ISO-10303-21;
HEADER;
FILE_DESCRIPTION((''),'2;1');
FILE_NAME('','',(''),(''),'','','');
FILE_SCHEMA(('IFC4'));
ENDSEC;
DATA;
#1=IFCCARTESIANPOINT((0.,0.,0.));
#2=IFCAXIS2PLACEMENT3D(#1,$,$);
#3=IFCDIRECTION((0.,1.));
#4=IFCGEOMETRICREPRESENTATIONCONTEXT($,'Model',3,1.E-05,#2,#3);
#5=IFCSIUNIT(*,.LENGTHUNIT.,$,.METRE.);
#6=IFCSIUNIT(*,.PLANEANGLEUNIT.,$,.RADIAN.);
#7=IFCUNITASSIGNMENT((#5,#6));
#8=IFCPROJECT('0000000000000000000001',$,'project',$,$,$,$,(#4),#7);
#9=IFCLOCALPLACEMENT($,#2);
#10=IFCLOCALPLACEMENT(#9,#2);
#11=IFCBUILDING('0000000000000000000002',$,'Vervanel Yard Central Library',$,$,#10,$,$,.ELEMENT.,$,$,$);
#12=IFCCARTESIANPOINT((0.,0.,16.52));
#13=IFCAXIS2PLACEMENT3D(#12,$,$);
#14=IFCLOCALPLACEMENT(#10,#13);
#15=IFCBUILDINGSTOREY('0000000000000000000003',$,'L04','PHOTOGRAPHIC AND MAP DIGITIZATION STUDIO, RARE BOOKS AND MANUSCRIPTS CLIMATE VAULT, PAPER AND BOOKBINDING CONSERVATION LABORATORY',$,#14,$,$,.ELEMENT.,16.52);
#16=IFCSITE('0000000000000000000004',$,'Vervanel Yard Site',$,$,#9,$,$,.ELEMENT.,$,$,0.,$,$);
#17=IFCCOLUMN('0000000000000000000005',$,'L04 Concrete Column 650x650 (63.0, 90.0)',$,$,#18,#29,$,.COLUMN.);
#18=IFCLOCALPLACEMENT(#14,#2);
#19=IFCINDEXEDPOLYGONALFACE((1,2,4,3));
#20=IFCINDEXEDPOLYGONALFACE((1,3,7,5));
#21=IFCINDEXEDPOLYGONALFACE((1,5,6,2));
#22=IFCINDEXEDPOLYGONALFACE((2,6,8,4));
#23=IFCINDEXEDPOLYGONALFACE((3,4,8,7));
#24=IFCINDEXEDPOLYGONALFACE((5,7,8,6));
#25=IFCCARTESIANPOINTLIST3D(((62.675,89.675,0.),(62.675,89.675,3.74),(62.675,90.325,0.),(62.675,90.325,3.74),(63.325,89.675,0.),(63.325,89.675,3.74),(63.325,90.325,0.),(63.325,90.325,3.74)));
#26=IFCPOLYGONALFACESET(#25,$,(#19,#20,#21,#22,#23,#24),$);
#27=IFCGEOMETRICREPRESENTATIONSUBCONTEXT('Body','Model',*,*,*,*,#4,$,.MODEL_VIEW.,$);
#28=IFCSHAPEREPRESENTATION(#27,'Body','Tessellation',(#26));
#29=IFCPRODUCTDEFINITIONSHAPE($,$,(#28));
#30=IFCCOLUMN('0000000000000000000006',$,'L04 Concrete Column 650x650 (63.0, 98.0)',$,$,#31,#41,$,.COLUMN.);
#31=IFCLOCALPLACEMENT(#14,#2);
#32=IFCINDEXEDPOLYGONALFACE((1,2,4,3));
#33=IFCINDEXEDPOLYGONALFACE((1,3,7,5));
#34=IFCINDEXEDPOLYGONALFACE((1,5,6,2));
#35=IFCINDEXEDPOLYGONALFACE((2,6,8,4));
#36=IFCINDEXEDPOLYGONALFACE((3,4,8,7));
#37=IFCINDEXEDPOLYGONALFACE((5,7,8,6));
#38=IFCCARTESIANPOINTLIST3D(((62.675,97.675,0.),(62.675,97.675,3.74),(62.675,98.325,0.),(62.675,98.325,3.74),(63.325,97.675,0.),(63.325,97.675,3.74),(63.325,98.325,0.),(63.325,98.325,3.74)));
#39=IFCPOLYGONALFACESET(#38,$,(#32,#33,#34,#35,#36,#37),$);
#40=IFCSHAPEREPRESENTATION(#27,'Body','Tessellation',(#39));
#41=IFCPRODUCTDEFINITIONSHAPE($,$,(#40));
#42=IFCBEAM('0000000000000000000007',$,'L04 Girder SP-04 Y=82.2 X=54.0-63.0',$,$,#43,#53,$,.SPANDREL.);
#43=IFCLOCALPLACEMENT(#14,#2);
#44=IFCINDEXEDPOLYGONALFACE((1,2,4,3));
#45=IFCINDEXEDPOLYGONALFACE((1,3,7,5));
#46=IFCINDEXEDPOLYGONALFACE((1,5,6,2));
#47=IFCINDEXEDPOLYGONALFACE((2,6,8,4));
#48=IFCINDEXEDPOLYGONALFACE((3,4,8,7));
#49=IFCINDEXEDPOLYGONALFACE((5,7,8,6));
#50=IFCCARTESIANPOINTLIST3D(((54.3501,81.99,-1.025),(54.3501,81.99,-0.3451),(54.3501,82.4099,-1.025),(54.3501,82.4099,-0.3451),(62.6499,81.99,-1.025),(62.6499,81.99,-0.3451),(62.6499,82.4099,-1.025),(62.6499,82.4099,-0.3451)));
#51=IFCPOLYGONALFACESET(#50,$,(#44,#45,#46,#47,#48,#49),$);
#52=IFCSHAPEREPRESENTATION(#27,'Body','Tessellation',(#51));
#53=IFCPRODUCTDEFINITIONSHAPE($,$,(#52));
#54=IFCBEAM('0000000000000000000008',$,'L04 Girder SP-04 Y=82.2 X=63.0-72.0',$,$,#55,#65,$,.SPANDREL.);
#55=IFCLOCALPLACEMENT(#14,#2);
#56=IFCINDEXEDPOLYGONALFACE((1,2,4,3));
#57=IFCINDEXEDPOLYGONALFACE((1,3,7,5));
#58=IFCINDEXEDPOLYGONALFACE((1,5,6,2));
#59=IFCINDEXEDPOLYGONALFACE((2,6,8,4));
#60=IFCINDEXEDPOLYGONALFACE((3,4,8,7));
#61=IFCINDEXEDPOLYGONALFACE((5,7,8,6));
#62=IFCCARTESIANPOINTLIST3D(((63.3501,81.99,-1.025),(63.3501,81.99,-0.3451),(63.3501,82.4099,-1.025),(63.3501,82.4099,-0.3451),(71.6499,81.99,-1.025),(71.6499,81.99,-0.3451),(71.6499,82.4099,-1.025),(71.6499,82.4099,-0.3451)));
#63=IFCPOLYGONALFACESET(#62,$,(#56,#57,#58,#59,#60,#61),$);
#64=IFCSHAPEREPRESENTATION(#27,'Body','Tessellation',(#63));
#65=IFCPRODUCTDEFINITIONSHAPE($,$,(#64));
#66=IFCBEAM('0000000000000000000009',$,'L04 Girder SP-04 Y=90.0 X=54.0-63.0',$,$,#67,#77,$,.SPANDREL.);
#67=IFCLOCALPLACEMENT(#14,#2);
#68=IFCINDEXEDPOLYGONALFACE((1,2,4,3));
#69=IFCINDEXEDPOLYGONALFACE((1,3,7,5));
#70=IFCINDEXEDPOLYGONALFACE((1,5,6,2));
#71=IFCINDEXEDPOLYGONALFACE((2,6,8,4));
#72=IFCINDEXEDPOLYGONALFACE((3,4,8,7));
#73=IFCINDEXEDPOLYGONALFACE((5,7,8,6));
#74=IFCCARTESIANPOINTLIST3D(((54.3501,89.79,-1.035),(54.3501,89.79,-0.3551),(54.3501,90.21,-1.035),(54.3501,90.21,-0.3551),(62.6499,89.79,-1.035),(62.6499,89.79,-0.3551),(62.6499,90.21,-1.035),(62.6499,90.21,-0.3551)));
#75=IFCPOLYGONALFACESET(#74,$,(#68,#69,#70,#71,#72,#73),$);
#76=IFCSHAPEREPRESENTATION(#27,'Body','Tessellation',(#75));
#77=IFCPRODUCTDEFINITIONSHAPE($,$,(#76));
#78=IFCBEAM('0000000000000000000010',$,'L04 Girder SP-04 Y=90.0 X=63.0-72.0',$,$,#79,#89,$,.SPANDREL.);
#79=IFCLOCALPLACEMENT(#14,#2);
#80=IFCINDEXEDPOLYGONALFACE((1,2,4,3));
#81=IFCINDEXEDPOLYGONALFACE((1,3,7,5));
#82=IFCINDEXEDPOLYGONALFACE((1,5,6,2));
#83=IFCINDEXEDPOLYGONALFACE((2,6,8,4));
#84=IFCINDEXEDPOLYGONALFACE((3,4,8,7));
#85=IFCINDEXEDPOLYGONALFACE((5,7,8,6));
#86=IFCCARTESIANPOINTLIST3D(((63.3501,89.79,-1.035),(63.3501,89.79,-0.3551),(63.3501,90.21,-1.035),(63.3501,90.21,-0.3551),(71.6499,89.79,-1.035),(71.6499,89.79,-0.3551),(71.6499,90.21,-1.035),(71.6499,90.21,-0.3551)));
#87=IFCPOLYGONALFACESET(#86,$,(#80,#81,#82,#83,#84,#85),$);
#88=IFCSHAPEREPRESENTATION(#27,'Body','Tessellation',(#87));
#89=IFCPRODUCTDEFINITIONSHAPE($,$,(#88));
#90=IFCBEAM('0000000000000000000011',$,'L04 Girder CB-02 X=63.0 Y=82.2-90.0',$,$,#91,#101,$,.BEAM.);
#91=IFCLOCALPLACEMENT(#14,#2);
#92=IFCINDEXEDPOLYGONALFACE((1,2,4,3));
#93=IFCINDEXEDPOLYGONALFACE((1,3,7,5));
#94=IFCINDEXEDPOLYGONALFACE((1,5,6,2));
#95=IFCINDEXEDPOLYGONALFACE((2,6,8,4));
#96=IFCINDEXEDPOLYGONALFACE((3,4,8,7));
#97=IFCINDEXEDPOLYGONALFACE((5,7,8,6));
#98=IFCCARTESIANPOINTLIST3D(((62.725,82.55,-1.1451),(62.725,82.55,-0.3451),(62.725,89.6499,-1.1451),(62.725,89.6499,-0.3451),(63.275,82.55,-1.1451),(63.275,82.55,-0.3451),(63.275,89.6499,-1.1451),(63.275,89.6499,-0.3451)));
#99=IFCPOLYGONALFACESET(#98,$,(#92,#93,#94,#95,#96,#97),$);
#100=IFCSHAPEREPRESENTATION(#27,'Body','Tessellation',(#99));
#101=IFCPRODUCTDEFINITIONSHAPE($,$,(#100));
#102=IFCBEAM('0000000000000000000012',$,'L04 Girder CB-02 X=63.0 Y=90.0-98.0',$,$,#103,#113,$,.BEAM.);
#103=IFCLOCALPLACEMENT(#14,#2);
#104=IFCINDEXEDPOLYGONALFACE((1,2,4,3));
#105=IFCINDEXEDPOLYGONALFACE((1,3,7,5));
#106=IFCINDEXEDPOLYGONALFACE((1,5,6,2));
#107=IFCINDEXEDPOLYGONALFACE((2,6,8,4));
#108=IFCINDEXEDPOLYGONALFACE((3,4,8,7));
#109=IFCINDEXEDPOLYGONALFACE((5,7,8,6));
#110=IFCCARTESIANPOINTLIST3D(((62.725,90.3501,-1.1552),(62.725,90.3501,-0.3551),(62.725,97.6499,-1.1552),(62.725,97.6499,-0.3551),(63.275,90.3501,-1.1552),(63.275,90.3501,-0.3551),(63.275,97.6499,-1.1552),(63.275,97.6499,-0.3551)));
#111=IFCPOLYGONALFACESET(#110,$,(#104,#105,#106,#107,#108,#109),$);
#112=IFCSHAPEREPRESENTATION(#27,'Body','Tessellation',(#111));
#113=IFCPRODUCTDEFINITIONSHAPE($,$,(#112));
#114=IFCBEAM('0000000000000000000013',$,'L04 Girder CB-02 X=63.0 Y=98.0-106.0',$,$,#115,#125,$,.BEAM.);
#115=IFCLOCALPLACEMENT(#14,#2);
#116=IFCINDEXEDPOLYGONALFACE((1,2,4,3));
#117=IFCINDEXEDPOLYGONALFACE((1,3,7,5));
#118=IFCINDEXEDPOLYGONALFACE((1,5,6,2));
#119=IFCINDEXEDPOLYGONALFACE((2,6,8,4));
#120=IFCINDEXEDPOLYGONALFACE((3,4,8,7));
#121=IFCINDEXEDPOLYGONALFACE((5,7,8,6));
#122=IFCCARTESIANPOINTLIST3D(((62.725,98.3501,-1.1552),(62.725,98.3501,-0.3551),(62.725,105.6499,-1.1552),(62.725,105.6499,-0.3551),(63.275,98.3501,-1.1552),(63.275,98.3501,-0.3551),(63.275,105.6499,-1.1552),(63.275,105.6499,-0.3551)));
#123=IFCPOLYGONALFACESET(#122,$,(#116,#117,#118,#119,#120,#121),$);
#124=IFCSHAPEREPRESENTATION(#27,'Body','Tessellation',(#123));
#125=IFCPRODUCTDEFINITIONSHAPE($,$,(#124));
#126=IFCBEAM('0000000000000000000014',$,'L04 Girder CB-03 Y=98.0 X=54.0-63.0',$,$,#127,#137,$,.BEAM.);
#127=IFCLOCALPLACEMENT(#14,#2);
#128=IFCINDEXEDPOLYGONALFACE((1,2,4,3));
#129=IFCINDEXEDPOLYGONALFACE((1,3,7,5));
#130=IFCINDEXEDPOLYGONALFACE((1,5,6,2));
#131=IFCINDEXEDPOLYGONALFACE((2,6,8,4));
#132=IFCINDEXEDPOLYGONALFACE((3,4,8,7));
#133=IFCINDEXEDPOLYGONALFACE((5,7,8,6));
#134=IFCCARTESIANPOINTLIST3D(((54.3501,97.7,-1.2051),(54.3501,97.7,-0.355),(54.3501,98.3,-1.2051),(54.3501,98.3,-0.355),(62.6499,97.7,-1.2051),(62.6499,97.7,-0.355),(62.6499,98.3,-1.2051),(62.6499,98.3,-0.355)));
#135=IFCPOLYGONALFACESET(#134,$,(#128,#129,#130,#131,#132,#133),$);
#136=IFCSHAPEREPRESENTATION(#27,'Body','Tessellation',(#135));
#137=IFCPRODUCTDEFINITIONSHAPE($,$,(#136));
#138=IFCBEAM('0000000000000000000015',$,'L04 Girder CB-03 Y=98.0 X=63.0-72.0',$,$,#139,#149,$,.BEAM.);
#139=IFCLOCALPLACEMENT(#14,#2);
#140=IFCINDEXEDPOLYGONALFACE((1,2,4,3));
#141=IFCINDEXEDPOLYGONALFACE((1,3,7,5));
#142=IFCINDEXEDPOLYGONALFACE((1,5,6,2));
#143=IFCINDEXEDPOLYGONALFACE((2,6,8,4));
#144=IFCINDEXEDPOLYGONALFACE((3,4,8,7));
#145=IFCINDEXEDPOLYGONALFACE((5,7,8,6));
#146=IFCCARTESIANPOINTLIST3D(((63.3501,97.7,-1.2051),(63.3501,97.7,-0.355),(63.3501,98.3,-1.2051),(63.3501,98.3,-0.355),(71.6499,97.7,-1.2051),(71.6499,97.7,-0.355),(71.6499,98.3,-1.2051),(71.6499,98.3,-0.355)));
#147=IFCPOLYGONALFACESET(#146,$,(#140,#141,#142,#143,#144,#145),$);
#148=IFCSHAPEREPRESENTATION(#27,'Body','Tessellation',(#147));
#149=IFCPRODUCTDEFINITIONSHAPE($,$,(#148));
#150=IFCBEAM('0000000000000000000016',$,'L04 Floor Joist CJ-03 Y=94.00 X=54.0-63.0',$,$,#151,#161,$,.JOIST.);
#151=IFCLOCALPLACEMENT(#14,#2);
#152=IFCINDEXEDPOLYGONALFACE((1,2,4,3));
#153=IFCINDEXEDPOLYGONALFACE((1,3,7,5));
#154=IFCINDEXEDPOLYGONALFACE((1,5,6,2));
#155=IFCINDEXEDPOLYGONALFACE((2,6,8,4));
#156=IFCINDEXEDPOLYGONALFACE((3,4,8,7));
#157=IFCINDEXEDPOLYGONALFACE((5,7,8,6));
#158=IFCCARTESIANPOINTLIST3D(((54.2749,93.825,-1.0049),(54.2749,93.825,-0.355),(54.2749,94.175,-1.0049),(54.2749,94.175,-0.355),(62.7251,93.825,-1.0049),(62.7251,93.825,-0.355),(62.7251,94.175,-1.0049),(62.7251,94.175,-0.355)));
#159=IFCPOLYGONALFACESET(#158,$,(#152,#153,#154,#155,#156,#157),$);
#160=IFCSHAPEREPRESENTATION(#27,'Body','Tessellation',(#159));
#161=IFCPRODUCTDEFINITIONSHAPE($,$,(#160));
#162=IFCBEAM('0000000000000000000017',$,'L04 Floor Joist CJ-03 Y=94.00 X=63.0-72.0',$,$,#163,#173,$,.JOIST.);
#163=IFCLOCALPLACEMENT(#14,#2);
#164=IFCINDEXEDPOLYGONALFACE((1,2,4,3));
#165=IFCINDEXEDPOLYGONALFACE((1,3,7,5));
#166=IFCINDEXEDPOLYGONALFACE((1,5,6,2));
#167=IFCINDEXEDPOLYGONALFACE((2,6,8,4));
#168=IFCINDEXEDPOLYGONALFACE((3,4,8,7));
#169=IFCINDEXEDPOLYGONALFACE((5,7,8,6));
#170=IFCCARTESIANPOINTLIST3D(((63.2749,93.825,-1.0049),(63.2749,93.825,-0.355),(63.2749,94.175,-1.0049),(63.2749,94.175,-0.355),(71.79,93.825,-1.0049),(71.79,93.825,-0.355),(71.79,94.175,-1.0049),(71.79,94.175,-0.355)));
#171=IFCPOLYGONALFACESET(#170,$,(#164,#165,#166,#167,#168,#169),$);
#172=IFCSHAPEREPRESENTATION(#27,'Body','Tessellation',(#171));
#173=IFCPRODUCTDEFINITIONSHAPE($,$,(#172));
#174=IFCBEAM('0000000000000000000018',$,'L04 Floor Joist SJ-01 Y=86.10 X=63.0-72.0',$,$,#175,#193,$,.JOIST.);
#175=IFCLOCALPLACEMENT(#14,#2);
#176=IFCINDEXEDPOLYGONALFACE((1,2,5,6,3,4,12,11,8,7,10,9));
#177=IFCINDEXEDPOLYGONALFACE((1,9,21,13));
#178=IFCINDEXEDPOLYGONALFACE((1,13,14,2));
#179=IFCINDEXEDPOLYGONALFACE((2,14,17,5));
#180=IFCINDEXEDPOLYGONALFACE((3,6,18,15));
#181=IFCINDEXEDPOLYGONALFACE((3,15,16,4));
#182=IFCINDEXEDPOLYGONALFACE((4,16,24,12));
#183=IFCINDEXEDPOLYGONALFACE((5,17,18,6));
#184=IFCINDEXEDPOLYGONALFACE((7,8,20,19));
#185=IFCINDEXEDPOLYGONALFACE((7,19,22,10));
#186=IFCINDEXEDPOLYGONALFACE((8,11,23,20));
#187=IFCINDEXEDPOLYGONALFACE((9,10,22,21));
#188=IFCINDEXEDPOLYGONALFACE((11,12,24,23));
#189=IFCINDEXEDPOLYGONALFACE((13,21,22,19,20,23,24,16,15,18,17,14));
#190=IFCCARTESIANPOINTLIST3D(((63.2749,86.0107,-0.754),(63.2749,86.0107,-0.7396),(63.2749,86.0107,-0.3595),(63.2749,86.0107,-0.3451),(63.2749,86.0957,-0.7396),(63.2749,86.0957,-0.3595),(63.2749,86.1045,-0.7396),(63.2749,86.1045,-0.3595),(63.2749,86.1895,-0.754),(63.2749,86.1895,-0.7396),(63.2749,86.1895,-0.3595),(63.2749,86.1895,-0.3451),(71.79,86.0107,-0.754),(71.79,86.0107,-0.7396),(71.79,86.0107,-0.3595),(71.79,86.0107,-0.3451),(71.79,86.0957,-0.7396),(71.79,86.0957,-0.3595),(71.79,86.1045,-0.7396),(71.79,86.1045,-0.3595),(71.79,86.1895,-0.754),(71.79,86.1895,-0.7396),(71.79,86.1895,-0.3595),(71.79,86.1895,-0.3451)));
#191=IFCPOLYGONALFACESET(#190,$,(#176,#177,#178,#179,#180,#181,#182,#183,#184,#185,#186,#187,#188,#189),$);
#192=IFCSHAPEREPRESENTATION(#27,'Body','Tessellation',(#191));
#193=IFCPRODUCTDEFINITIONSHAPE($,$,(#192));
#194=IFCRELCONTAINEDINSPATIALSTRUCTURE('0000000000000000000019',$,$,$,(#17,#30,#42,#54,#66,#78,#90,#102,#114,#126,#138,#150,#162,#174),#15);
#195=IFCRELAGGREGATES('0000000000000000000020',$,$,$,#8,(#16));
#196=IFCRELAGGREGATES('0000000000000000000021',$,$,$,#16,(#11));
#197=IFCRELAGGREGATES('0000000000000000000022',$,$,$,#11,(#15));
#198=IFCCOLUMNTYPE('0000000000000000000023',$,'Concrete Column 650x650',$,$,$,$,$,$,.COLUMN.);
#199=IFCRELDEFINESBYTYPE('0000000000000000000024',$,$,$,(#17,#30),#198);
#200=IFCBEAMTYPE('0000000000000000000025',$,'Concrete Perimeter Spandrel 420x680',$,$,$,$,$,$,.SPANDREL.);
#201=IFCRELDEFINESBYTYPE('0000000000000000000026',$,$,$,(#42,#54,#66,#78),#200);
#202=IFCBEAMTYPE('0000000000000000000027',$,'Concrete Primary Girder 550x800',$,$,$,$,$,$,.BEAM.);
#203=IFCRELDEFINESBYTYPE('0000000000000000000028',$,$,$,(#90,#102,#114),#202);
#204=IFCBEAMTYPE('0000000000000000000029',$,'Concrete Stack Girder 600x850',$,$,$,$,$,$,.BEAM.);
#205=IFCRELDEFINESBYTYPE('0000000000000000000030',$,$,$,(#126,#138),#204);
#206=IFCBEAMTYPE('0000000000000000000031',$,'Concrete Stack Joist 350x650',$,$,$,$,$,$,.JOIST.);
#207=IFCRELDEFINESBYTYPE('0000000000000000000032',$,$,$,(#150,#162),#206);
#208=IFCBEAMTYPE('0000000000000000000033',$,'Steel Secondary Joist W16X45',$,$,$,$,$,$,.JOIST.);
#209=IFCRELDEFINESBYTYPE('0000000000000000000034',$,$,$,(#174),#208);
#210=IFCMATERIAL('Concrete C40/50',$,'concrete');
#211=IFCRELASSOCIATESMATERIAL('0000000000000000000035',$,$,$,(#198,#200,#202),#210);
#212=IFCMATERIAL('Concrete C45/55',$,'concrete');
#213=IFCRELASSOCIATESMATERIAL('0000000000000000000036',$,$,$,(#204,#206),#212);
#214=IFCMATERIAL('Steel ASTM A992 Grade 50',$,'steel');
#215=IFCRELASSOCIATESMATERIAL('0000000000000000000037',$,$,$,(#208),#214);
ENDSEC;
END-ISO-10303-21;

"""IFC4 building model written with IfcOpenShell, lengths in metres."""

from ifc_helpers import new_model, si_unit, direction, frame, origin, origin_2d, place, context, subcontext, project, spatial, rectangle, i_section, extrude, material, material_profile, profile_set, type_object, element, save


model = new_model("IFC4")

# Units and contexts
model_context = context("Model", 3, precision=1e-05, world=origin(), true_north=direction((0.0, 1.0)))
body_context = subcontext(model_context, "Body", "Model", "MODEL_VIEW")
ifc_project = project(units=[si_unit("LENGTHUNIT", "METRE"), si_unit("PLANEANGLEUNIT", "RADIAN")], contexts=[model_context])

# Site, building, storey
site_placement = place(None, origin())
site = spatial("IfcSite", under=ifc_project, at=site_placement, Name="Vervanel Yard Site", CompositionType="ELEMENT", RefElevation=0.0)
building_placement = place(site_placement, origin())
building = spatial("IfcBuilding", under=site, at=building_placement, Name="Vervanel Yard Central Library", CompositionType="ELEMENT")
storey_placement = place(building_placement, frame((0.0, 0.0, 16.52)))
storey = spatial("IfcBuildingStorey", under=building, at=storey_placement, Name="L04", Description="PHOTOGRAPHIC AND MAP DIGITIZATION STUDIO, RARE BOOKS AND MANUSCRIPTS CLIMATE VAULT, PAPER AND BOOKBINDING CONSERVATION LABORATORY", CompositionType="ELEMENT", Elevation=16.52)

# Columns
ifc_material_1 = material(Name="Concrete C40/50", Category="concrete")
ifc_material_profile_1 = material_profile(ifc_material_1, rectangle(XDim=0.6499, YDim=0.6499, at=origin_2d()), Name="RC 650x650", Category="concrete")
ifc_profile_set_1 = profile_set([ifc_material_profile_1], Name="Concrete C40/50")
column_type = type_object("IfcColumnType", Name="Concrete Column 650x650", PredefinedType="COLUMN", material=ifc_profile_set_1)
for number, where, z_axis, x_axis, name in (
    (1, (63.0, 90.0, 0.0), (0.0, 0.0, 1.0), (1.0, 0.0, 0.0), "L04 Concrete Column 650x650 (63.0, 90.0)"),
    (2, (63.0, 98.0, 0.0), (0.0, 0.0, 1.0), (1.0, 0.0, 0.0), "L04 Concrete Column 650x650 (63.0, 98.0)"),
):
    element("IfcColumn", number, at=place(storey_placement, frame(where, z_axis=z_axis, x_axis=x_axis)), inside=storey, type_object=column_type, Name=name, PredefinedType="COLUMN", context=body_context, shape_type="SweptSolid", body=[
        extrude(rectangle(XDim=0.6499, YDim=0.6499, at=origin_2d()), origin(), (0.0, 0.0, 1.0), 3.74),
    ])

# Beams
ifc_material_profile_2 = material_profile(ifc_material_1, rectangle(XDim=0.4199, YDim=0.6799, at=origin_2d()), Name="RC 420x680", Category="concrete")
ifc_profile_set_2 = profile_set([ifc_material_profile_2], Name="Concrete C40/50")
beam_type_1 = type_object("IfcBeamType", Name="Concrete Perimeter Spandrel 420x680", PredefinedType="SPANDREL", material=ifc_profile_set_2)
for number, where, z_axis, x_axis, name in (
    (3, (54.3501, 82.2, -0.6851), (1.0, 0.0, 0.0), (0.0, 1.0, 0.0), "L04 Girder SP-04 Y=82.2 X=54.0-63.0"),
    (4, (63.3501, 82.2, -0.6851), (1.0, 0.0, 0.0), (0.0, 1.0, 0.0), "L04 Girder SP-04 Y=82.2 X=63.0-72.0"),
    (5, (54.3501, 90.0, -0.6951), (1.0, 0.0, 0.0), (0.0, 1.0, 0.0), "L04 Girder SP-04 Y=90.0 X=54.0-63.0"),
    (6, (63.3501, 90.0, -0.6951), (1.0, 0.0, 0.0), (0.0, 1.0, 0.0), "L04 Girder SP-04 Y=90.0 X=63.0-72.0"),
):
    element("IfcBeam", number, at=place(storey_placement, frame(where, z_axis=z_axis, x_axis=x_axis)), inside=storey, type_object=beam_type_1, Name=name, PredefinedType="SPANDREL", context=body_context, shape_type="SweptSolid", body=[
        extrude(rectangle(XDim=0.4199, YDim=0.6799, at=origin_2d()), origin(), (0.0, 0.0, 1.0), 8.2998),
    ])
ifc_material_profile_3 = material_profile(ifc_material_1, rectangle(XDim=0.55, YDim=0.8, at=origin_2d()), Name="RC 550x800", Category="concrete")
ifc_profile_set_3 = profile_set([ifc_material_profile_3], Name="Concrete C40/50")
beam_type_2 = type_object("IfcBeamType", Name="Concrete Primary Girder 550x800", PredefinedType="BEAM", material=ifc_profile_set_3)
beam_1_placement = place(storey_placement, frame((63.0, 82.55, -0.7451), z_axis=(0.0, 1.0, 0.0), x_axis=(-1.0, 0.0, 0.0)))
element("IfcBeam", 7, at=beam_1_placement, inside=storey, type_object=beam_type_2, Name="L04 Girder CB-02 X=63.0 Y=82.2-90.0", PredefinedType="BEAM", context=body_context, shape_type="SweptSolid", body=[
    extrude(rectangle(XDim=0.55, YDim=0.8, at=origin_2d()), origin(), (0.0, 0.0, 1.0), 7.0999),
])
for number, where, z_axis, x_axis, name in (
    (8, (63.0, 90.3501, -0.7551), (0.0, 1.0, 0.0), (-1.0, 0.0, 0.0), "L04 Girder CB-02 X=63.0 Y=90.0-98.0"),
    (9, (63.0, 98.3501, -0.7551), (0.0, 1.0, 0.0), (-1.0, 0.0, 0.0), "L04 Girder CB-02 X=63.0 Y=98.0-106.0"),
):
    element("IfcBeam", number, at=place(storey_placement, frame(where, z_axis=z_axis, x_axis=x_axis)), inside=storey, type_object=beam_type_2, Name=name, PredefinedType="BEAM", context=body_context, shape_type="SweptSolid", body=[
        extrude(rectangle(XDim=0.55, YDim=0.8, at=origin_2d()), origin(), (0.0, 0.0, 1.0), 7.2998),
    ])
ifc_material_2 = material(Name="Concrete C45/55", Category="concrete")
ifc_material_profile_4 = material_profile(ifc_material_2, rectangle(XDim=0.6001, YDim=0.8501, at=origin_2d()), Name="RC 600x850", Category="concrete")
ifc_profile_set_4 = profile_set([ifc_material_profile_4], Name="Concrete C45/55")
beam_type_3 = type_object("IfcBeamType", Name="Concrete Stack Girder 600x850", PredefinedType="BEAM", material=ifc_profile_set_4)
for number, where, z_axis, x_axis, name in (
    (10, (54.3501, 98.0, -0.78), (1.0, 0.0, 0.0), (0.0, 1.0, 0.0), "L04 Girder CB-03 Y=98.0 X=54.0-63.0"),
    (11, (63.3501, 98.0, -0.78), (1.0, 0.0, 0.0), (0.0, 1.0, 0.0), "L04 Girder CB-03 Y=98.0 X=63.0-72.0"),
):
    element("IfcBeam", number, at=place(storey_placement, frame(where, z_axis=z_axis, x_axis=x_axis)), inside=storey, type_object=beam_type_3, Name=name, PredefinedType="BEAM", context=body_context, shape_type="SweptSolid", body=[
        extrude(rectangle(XDim=0.6001, YDim=0.8501, at=origin_2d()), origin(), (0.0, 0.0, 1.0), 8.2998),
    ])
ifc_material_profile_5 = material_profile(ifc_material_2, rectangle(XDim=0.3501, YDim=0.6499, at=origin_2d()), Name="RC 350x650", Category="concrete")
ifc_profile_set_5 = profile_set([ifc_material_profile_5], Name="Concrete C45/55")
beam_type_4 = type_object("IfcBeamType", Name="Concrete Stack Joist 350x650", PredefinedType="JOIST", material=ifc_profile_set_5)
beam_2_placement = place(storey_placement, frame((54.2749, 94.0, -0.6799), z_axis=(1.0, 0.0, 0.0), x_axis=(0.0, 1.0, 0.0)))
element("IfcBeam", 12, at=beam_2_placement, inside=storey, type_object=beam_type_4, Name="L04 Floor Joist CJ-03 Y=94.00 X=54.0-63.0", PredefinedType="JOIST", context=body_context, shape_type="SweptSolid", body=[
    extrude(rectangle(XDim=0.3501, YDim=0.6499, at=origin_2d()), origin(), (0.0, 0.0, 1.0), 8.4502),
])
beam_3_placement = place(storey_placement, frame((63.2749, 94.0, -0.6799), z_axis=(1.0, 0.0, 0.0), x_axis=(0.0, 1.0, 0.0)))
element("IfcBeam", 13, at=beam_3_placement, inside=storey, type_object=beam_type_4, Name="L04 Floor Joist CJ-03 Y=94.00 X=63.0-72.0", PredefinedType="JOIST", context=body_context, shape_type="SweptSolid", body=[
    extrude(rectangle(XDim=0.3501, YDim=0.6499, at=origin_2d()), origin(), (0.0, 0.0, 1.0), 8.5151),
])
ifc_material_3 = material(Name="Steel ASTM A992 Grade 50", Category="steel")
ifc_material_profile_6 = material_profile(ifc_material_3, i_section(OverallWidth=0.1787, OverallDepth=0.4089, WebThickness=0.0088, FlangeThickness=0.0144, at=origin_2d()), Name="W16X45", Category="steel")
ifc_profile_set_6 = profile_set([ifc_material_profile_6], Name="Steel ASTM A992 Grade 50")
beam_type_5 = type_object("IfcBeamType", Name="Steel Secondary Joist W16X45", PredefinedType="JOIST", material=ifc_profile_set_6)
beam_4_placement = place(storey_placement, frame((63.2749, 86.1001, -0.5496), z_axis=(1.0, 0.0, 0.0), x_axis=(0.0, 1.0, 0.0)))
element("IfcBeam", 14, at=beam_4_placement, inside=storey, type_object=beam_type_5, Name="L04 Floor Joist SJ-01 Y=86.10 X=63.0-72.0", PredefinedType="JOIST", context=body_context, shape_type="SweptSolid", body=[
    extrude(i_section(OverallWidth=0.1787, OverallDepth=0.4089, WebThickness=0.0088, FlangeThickness=0.0144, at=origin_2d()), origin(), (0.0, 0.0, 1.0), 8.5151),
])

save(model, "model.ifc")
